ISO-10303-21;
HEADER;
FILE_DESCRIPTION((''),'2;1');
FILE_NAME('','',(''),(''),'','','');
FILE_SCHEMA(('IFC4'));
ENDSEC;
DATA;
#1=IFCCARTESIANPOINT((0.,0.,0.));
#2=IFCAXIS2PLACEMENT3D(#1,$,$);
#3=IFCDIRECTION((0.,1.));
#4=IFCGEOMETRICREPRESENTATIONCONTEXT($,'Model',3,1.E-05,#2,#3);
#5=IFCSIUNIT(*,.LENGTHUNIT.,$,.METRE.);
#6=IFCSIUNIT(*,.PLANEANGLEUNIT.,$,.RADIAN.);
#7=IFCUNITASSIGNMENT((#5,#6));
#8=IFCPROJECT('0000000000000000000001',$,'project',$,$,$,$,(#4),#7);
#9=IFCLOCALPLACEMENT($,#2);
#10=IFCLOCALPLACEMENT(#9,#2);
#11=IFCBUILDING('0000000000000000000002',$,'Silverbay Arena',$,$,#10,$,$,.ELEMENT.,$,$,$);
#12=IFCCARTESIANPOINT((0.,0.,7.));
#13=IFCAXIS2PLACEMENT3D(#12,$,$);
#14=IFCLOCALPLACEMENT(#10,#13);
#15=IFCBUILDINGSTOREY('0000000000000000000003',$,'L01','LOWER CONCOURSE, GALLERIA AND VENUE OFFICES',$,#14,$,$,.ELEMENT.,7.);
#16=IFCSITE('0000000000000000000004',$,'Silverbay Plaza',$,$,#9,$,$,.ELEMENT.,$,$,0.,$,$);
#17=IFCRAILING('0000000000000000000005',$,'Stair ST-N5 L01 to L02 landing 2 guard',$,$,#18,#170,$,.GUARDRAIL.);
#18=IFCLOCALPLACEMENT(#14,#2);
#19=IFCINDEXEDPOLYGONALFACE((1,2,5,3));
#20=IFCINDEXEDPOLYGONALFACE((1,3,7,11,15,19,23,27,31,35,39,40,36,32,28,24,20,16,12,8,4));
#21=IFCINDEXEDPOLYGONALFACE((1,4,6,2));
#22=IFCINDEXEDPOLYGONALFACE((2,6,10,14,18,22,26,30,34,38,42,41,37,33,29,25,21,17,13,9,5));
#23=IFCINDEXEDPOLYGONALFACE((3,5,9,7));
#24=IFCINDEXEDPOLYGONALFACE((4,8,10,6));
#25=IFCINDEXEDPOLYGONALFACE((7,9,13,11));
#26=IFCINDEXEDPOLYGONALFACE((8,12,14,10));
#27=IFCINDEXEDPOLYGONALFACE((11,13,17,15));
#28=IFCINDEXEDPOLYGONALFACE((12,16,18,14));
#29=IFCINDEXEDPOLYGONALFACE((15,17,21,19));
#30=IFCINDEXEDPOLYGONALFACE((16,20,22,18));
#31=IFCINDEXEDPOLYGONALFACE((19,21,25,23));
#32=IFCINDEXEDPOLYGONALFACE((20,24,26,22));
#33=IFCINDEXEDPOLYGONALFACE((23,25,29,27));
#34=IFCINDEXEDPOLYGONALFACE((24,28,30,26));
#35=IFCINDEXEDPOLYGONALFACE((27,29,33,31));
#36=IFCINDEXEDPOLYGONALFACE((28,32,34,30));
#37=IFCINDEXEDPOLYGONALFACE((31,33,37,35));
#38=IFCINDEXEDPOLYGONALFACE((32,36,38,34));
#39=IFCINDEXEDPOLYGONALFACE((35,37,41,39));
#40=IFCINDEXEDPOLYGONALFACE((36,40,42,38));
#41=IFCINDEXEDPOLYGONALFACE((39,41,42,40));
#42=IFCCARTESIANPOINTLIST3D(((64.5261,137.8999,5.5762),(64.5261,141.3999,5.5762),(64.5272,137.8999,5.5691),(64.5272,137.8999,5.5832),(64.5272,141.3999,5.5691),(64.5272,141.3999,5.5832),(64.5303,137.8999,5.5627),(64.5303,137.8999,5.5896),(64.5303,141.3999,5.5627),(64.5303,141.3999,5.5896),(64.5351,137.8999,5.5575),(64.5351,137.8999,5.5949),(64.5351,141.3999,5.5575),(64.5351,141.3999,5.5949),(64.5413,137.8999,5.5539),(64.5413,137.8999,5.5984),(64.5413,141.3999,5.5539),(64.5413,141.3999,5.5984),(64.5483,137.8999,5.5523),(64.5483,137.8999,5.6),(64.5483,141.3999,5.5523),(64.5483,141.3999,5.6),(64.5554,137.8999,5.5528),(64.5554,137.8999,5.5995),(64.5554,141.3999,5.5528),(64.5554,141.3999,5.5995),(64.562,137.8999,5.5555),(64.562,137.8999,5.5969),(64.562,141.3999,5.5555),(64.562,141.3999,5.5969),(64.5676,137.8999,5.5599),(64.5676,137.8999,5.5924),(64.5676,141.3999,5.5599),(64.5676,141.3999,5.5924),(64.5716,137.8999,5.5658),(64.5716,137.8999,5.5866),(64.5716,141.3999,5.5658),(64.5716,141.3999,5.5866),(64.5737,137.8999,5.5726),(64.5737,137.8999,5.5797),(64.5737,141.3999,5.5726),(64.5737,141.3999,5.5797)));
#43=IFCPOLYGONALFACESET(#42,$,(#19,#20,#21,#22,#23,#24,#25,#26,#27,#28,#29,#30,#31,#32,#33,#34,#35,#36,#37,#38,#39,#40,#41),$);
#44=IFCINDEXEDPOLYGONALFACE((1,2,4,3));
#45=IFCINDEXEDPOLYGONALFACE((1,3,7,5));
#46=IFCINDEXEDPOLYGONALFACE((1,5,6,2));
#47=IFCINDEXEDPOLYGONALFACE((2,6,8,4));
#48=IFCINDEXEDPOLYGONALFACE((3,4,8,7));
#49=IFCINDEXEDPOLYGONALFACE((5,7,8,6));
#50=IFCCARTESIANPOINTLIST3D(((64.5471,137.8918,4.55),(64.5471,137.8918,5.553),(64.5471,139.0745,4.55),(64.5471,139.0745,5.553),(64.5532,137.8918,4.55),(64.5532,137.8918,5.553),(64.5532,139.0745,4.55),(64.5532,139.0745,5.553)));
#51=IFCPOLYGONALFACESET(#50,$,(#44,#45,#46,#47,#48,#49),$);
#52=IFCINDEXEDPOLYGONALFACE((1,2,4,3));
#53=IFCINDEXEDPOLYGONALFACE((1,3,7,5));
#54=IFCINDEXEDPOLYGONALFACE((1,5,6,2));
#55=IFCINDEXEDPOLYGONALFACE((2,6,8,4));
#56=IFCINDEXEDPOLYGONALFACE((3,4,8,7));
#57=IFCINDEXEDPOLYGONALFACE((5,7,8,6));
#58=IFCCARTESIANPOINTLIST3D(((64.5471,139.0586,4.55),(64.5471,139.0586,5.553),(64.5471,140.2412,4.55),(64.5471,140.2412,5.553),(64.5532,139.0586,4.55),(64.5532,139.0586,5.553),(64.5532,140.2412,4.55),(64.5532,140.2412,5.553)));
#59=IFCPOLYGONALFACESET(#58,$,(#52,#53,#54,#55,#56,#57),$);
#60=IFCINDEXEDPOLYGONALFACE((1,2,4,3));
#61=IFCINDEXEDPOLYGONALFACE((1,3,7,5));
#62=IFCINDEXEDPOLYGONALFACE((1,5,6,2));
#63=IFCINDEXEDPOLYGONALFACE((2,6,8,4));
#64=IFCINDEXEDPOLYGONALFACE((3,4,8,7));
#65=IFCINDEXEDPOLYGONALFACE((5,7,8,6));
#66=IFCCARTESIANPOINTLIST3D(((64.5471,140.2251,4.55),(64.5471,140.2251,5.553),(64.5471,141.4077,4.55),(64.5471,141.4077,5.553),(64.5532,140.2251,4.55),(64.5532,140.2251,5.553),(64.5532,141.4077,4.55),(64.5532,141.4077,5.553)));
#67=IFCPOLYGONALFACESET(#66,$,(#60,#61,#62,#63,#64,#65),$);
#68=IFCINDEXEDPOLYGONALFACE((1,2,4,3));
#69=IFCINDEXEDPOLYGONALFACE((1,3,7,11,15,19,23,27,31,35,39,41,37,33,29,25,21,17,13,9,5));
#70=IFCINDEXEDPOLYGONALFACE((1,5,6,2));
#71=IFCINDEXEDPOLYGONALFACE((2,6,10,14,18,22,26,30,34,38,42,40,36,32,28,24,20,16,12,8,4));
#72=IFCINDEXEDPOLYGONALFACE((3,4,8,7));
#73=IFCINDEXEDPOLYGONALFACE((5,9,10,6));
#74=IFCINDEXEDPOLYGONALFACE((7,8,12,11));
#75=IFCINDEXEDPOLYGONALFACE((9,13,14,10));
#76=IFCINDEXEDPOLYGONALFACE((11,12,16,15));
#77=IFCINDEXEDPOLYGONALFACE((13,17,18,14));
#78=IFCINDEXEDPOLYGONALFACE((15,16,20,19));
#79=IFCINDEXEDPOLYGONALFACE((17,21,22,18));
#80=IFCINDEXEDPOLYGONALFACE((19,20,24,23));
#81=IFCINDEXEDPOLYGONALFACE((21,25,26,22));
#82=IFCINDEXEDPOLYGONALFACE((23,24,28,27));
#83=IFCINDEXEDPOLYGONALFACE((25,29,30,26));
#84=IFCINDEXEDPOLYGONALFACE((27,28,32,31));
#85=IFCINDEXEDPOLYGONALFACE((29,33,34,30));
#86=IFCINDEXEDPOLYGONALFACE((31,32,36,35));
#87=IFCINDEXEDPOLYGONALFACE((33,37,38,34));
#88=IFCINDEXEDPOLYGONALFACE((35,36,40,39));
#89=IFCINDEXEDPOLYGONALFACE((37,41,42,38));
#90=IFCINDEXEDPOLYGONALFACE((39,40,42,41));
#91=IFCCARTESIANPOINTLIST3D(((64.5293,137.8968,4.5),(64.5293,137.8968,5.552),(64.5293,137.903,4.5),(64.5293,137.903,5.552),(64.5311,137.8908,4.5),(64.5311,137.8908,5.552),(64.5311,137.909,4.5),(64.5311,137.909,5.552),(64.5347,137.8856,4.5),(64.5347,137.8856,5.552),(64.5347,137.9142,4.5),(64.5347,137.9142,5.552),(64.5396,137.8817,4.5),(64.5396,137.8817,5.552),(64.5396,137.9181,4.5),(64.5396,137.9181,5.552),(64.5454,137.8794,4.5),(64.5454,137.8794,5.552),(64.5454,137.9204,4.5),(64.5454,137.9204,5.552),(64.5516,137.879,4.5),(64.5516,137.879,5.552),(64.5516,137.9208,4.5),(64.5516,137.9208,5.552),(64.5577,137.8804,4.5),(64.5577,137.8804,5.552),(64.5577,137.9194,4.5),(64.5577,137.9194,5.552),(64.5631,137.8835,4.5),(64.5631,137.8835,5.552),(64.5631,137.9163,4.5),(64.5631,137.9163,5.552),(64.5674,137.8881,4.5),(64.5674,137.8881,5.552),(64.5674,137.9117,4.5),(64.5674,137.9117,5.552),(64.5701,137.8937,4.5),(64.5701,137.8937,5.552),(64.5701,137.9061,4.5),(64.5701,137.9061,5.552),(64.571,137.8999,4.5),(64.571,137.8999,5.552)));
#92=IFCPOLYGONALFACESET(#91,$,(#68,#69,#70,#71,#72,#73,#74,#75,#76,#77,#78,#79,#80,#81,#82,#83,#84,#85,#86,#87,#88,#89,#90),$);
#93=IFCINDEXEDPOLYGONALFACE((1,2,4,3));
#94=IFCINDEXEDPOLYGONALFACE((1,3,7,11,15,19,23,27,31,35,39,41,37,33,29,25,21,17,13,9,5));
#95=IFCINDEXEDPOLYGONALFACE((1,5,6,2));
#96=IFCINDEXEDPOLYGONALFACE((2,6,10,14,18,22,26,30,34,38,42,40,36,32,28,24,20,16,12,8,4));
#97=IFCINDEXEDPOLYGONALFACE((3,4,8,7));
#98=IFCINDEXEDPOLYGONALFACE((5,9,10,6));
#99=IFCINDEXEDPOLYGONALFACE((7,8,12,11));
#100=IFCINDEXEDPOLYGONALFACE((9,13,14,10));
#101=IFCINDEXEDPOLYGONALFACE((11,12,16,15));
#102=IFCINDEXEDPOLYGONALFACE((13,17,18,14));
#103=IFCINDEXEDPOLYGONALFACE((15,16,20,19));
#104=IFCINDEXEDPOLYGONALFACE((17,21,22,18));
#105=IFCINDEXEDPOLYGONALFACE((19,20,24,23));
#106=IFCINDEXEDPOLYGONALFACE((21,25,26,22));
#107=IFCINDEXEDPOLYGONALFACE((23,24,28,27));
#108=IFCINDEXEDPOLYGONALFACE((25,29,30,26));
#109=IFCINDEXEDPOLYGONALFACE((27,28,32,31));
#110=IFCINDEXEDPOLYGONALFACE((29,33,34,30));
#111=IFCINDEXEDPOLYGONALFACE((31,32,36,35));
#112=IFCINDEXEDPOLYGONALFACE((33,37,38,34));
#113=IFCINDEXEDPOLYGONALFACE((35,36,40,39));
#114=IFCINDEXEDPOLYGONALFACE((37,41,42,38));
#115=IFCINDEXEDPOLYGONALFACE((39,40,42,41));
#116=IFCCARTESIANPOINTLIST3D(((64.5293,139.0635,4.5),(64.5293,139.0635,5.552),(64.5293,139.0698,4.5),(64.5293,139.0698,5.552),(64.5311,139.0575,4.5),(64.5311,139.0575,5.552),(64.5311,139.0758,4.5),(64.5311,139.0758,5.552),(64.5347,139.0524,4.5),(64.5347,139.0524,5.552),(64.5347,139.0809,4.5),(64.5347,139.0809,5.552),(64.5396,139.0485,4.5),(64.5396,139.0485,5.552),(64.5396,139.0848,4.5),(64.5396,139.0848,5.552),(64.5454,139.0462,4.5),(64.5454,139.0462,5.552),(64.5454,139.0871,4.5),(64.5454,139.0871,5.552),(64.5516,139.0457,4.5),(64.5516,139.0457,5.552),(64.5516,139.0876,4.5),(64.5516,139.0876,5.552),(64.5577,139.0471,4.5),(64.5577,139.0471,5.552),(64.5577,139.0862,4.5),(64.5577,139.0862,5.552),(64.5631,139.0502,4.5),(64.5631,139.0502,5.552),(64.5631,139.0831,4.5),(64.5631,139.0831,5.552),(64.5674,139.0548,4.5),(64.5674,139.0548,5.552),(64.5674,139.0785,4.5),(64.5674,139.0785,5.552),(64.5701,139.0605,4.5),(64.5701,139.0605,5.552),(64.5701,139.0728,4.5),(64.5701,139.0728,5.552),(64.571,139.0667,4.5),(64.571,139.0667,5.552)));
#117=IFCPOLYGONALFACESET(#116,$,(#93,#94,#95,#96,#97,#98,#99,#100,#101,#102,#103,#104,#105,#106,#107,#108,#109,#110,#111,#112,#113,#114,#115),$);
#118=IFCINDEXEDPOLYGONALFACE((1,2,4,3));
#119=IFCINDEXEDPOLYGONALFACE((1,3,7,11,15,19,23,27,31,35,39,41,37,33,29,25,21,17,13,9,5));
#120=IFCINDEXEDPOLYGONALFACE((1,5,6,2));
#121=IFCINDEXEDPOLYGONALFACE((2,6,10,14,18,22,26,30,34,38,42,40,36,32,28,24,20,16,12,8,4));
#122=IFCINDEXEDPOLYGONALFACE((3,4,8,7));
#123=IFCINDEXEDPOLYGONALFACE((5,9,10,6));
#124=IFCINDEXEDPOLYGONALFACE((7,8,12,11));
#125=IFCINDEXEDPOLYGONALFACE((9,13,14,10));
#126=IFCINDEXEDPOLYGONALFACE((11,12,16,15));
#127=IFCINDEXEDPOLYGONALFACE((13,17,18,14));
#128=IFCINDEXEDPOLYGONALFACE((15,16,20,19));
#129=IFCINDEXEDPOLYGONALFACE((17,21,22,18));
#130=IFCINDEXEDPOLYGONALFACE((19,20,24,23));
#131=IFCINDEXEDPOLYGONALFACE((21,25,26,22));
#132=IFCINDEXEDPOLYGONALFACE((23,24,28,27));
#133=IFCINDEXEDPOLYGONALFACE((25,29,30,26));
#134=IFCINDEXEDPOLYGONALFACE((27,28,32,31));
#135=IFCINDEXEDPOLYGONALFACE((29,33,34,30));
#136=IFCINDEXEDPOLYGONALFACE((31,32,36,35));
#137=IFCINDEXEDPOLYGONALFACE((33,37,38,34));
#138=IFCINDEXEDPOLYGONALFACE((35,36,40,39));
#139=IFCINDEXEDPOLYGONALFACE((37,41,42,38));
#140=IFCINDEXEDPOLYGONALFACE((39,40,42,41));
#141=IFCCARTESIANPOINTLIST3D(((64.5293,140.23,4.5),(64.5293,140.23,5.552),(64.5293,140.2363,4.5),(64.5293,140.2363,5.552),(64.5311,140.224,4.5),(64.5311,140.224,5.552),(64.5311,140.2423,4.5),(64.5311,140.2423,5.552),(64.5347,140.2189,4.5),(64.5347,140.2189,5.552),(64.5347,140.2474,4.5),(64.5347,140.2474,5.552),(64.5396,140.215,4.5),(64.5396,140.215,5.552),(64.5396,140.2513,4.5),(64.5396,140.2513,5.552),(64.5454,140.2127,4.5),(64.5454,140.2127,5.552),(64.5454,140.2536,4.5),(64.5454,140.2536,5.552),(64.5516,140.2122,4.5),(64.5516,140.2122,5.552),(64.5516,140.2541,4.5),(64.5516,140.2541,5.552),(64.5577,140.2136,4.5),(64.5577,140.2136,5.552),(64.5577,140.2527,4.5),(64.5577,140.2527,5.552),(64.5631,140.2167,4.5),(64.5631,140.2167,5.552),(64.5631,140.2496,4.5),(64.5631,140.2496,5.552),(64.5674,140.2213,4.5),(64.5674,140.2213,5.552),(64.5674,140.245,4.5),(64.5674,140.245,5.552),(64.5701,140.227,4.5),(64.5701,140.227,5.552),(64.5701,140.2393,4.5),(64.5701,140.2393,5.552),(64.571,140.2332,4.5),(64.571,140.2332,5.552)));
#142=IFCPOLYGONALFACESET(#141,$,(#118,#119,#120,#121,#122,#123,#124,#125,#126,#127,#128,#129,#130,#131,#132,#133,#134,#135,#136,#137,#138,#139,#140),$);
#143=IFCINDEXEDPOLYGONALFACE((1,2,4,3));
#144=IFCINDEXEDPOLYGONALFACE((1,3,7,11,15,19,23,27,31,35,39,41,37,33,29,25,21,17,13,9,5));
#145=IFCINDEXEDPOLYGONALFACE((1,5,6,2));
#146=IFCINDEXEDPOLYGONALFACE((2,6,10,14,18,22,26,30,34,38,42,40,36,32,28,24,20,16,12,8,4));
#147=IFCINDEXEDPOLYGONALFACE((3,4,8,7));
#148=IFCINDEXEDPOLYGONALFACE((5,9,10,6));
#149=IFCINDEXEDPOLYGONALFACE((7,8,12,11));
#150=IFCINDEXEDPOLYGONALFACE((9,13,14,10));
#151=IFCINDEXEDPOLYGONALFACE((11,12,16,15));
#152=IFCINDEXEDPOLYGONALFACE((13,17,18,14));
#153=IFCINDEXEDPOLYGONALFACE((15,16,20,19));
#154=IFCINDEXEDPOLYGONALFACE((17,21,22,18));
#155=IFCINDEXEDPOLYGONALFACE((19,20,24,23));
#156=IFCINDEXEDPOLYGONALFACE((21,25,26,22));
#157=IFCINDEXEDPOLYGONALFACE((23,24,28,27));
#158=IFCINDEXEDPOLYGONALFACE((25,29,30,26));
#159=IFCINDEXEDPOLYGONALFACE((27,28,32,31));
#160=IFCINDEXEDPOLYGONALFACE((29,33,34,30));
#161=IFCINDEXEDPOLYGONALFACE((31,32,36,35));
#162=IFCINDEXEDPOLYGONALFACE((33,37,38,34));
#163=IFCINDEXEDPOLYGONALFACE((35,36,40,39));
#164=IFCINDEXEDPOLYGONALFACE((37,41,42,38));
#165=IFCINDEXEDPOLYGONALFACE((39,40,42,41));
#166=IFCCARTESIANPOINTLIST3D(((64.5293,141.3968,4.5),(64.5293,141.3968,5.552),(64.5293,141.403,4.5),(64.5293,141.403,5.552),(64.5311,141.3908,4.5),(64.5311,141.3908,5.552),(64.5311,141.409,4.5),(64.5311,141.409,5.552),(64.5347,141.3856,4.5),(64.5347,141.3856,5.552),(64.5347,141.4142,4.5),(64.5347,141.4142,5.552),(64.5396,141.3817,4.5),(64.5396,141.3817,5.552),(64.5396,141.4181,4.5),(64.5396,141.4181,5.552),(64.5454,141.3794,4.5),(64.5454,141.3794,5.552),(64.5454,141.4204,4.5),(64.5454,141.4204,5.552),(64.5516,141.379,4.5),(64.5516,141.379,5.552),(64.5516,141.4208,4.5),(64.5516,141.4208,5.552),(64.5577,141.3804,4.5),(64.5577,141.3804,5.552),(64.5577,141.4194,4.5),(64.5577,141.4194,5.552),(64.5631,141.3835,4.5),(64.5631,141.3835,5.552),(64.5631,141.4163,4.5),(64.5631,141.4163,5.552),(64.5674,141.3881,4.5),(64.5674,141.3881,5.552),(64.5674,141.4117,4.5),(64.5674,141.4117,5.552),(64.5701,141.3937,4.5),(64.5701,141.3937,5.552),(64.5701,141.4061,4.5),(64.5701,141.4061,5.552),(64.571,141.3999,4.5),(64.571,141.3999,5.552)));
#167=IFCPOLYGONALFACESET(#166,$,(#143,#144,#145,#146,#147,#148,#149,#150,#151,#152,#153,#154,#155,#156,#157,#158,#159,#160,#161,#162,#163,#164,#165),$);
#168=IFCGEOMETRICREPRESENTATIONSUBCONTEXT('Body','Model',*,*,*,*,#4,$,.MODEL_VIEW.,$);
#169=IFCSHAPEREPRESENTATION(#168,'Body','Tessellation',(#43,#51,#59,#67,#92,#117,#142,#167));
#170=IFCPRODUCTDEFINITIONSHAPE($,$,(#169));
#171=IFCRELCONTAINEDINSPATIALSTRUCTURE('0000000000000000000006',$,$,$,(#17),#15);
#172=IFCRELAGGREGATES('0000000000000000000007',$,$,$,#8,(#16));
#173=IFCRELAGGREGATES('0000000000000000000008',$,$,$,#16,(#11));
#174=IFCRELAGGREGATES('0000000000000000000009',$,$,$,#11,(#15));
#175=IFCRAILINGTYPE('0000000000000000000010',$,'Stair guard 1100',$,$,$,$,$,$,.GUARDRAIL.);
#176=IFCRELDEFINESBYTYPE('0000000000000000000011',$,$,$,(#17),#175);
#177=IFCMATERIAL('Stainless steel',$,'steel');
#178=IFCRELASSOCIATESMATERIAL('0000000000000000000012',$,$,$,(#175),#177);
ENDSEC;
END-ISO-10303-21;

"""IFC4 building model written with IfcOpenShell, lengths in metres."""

from ifc_helpers import new_model, si_unit, direction, frame, origin, origin_2d, place, context, subcontext, project, spatial, polyline, circle, outline, extrude, material, type_object, element, save


model = new_model("IFC4")

# Units and contexts
model_context = context("Model", 3, precision=1e-05, world=origin(), true_north=direction((0.0, 1.0)))
body_context = subcontext(model_context, "Body", "Model", "MODEL_VIEW")
ifc_project = project(units=[si_unit("LENGTHUNIT", "METRE"), si_unit("PLANEANGLEUNIT", "RADIAN")], contexts=[model_context])

# Site, building, storey
site_placement = place(None, origin())
site = spatial("IfcSite", under=ifc_project, at=site_placement, Name="Silverbay Plaza", CompositionType="ELEMENT", RefElevation=0.0)
building_placement = place(site_placement, origin())
building = spatial("IfcBuilding", under=site, at=building_placement, Name="Silverbay Arena", CompositionType="ELEMENT")
storey_placement = place(building_placement, frame((0.0, 0.0, 7.0)))
storey = spatial("IfcBuildingStorey", under=building, at=storey_placement, Name="L01", Description="LOWER CONCOURSE, GALLERIA AND VENUE OFFICES", CompositionType="ELEMENT", Elevation=7.0)

# Railing
ifc_material_1 = material(Name="Stainless steel", Category="steel")
railing_type_1 = type_object("IfcRailingType", Name="Stair guard 1100", PredefinedType="GUARDRAIL", material=ifc_material_1)
for number, where, name in (
    (1, (64.55, 137.8999, 4.5), "Stair ST-N5 L01 to L02 landing 2 guard"),
):
    element("IfcRailing", number, at=place(storey_placement, frame(where)), inside=storey, type_object=railing_type_1, Name=name, PredefinedType="GUARDRAIL", context=body_context, shape_type="SweptSolid", body=[
        extrude(circle(Radius=0.0239, at=origin_2d()), frame((0.0, 0.0, 1.0762), z_axis=(0.0, 1.0, 0.0), x_axis=(-1.0, 0.0, 0.0)), (0.0, 0.0, 1.0), 3.5),
        extrude(outline(polyline([(-0.0081, 0.05), (1.1746, 0.05), (1.1746, 1.053), (-0.0081, 1.053), (-0.0081, 0.05)])), frame((-0.0029, 0.0, 0.0), z_axis=(1.0, 0.0, 0.0), x_axis=(0.0, 1.0, 0.0)), (0.0, 0.0, 1.0), 0.0061),
        extrude(outline(polyline([(-0.0081, 0.05), (1.1746, 0.05), (1.1746, 1.053), (-0.0081, 1.053), (-0.0081, 0.05)])), frame((-0.0029, 1.1667, 0.0), z_axis=(1.0, 0.0, 0.0), x_axis=(0.0, 1.0, 0.0)), (0.0, 0.0, 1.0), 0.0061),
        extrude(outline(polyline([(-0.0081, 0.05), (1.1746, 0.05), (1.1746, 1.053), (-0.0081, 1.053), (-0.0081, 0.05)])), frame((-0.0029, 2.3333, 0.0), z_axis=(1.0, 0.0, 0.0), x_axis=(0.0, 1.0, 0.0)), (0.0, 0.0, 1.0), 0.0061),
        extrude(circle(Radius=0.021, at=origin_2d()), origin(), (0.0, 0.0, 1.0), 1.052),
        extrude(circle(Radius=0.021, at=origin_2d()), frame((0.0, 1.1667, 0.0)), (0.0, 0.0, 1.0), 1.052),
        extrude(circle(Radius=0.021, at=origin_2d()), frame((0.0, 2.3333, 0.0)), (0.0, 0.0, 1.0), 1.052),
        extrude(circle(Radius=0.021, at=origin_2d()), frame((0.0, 3.5, 0.0)), (0.0, 0.0, 1.0), 1.052),
    ])

save(model, "model.ifc")
